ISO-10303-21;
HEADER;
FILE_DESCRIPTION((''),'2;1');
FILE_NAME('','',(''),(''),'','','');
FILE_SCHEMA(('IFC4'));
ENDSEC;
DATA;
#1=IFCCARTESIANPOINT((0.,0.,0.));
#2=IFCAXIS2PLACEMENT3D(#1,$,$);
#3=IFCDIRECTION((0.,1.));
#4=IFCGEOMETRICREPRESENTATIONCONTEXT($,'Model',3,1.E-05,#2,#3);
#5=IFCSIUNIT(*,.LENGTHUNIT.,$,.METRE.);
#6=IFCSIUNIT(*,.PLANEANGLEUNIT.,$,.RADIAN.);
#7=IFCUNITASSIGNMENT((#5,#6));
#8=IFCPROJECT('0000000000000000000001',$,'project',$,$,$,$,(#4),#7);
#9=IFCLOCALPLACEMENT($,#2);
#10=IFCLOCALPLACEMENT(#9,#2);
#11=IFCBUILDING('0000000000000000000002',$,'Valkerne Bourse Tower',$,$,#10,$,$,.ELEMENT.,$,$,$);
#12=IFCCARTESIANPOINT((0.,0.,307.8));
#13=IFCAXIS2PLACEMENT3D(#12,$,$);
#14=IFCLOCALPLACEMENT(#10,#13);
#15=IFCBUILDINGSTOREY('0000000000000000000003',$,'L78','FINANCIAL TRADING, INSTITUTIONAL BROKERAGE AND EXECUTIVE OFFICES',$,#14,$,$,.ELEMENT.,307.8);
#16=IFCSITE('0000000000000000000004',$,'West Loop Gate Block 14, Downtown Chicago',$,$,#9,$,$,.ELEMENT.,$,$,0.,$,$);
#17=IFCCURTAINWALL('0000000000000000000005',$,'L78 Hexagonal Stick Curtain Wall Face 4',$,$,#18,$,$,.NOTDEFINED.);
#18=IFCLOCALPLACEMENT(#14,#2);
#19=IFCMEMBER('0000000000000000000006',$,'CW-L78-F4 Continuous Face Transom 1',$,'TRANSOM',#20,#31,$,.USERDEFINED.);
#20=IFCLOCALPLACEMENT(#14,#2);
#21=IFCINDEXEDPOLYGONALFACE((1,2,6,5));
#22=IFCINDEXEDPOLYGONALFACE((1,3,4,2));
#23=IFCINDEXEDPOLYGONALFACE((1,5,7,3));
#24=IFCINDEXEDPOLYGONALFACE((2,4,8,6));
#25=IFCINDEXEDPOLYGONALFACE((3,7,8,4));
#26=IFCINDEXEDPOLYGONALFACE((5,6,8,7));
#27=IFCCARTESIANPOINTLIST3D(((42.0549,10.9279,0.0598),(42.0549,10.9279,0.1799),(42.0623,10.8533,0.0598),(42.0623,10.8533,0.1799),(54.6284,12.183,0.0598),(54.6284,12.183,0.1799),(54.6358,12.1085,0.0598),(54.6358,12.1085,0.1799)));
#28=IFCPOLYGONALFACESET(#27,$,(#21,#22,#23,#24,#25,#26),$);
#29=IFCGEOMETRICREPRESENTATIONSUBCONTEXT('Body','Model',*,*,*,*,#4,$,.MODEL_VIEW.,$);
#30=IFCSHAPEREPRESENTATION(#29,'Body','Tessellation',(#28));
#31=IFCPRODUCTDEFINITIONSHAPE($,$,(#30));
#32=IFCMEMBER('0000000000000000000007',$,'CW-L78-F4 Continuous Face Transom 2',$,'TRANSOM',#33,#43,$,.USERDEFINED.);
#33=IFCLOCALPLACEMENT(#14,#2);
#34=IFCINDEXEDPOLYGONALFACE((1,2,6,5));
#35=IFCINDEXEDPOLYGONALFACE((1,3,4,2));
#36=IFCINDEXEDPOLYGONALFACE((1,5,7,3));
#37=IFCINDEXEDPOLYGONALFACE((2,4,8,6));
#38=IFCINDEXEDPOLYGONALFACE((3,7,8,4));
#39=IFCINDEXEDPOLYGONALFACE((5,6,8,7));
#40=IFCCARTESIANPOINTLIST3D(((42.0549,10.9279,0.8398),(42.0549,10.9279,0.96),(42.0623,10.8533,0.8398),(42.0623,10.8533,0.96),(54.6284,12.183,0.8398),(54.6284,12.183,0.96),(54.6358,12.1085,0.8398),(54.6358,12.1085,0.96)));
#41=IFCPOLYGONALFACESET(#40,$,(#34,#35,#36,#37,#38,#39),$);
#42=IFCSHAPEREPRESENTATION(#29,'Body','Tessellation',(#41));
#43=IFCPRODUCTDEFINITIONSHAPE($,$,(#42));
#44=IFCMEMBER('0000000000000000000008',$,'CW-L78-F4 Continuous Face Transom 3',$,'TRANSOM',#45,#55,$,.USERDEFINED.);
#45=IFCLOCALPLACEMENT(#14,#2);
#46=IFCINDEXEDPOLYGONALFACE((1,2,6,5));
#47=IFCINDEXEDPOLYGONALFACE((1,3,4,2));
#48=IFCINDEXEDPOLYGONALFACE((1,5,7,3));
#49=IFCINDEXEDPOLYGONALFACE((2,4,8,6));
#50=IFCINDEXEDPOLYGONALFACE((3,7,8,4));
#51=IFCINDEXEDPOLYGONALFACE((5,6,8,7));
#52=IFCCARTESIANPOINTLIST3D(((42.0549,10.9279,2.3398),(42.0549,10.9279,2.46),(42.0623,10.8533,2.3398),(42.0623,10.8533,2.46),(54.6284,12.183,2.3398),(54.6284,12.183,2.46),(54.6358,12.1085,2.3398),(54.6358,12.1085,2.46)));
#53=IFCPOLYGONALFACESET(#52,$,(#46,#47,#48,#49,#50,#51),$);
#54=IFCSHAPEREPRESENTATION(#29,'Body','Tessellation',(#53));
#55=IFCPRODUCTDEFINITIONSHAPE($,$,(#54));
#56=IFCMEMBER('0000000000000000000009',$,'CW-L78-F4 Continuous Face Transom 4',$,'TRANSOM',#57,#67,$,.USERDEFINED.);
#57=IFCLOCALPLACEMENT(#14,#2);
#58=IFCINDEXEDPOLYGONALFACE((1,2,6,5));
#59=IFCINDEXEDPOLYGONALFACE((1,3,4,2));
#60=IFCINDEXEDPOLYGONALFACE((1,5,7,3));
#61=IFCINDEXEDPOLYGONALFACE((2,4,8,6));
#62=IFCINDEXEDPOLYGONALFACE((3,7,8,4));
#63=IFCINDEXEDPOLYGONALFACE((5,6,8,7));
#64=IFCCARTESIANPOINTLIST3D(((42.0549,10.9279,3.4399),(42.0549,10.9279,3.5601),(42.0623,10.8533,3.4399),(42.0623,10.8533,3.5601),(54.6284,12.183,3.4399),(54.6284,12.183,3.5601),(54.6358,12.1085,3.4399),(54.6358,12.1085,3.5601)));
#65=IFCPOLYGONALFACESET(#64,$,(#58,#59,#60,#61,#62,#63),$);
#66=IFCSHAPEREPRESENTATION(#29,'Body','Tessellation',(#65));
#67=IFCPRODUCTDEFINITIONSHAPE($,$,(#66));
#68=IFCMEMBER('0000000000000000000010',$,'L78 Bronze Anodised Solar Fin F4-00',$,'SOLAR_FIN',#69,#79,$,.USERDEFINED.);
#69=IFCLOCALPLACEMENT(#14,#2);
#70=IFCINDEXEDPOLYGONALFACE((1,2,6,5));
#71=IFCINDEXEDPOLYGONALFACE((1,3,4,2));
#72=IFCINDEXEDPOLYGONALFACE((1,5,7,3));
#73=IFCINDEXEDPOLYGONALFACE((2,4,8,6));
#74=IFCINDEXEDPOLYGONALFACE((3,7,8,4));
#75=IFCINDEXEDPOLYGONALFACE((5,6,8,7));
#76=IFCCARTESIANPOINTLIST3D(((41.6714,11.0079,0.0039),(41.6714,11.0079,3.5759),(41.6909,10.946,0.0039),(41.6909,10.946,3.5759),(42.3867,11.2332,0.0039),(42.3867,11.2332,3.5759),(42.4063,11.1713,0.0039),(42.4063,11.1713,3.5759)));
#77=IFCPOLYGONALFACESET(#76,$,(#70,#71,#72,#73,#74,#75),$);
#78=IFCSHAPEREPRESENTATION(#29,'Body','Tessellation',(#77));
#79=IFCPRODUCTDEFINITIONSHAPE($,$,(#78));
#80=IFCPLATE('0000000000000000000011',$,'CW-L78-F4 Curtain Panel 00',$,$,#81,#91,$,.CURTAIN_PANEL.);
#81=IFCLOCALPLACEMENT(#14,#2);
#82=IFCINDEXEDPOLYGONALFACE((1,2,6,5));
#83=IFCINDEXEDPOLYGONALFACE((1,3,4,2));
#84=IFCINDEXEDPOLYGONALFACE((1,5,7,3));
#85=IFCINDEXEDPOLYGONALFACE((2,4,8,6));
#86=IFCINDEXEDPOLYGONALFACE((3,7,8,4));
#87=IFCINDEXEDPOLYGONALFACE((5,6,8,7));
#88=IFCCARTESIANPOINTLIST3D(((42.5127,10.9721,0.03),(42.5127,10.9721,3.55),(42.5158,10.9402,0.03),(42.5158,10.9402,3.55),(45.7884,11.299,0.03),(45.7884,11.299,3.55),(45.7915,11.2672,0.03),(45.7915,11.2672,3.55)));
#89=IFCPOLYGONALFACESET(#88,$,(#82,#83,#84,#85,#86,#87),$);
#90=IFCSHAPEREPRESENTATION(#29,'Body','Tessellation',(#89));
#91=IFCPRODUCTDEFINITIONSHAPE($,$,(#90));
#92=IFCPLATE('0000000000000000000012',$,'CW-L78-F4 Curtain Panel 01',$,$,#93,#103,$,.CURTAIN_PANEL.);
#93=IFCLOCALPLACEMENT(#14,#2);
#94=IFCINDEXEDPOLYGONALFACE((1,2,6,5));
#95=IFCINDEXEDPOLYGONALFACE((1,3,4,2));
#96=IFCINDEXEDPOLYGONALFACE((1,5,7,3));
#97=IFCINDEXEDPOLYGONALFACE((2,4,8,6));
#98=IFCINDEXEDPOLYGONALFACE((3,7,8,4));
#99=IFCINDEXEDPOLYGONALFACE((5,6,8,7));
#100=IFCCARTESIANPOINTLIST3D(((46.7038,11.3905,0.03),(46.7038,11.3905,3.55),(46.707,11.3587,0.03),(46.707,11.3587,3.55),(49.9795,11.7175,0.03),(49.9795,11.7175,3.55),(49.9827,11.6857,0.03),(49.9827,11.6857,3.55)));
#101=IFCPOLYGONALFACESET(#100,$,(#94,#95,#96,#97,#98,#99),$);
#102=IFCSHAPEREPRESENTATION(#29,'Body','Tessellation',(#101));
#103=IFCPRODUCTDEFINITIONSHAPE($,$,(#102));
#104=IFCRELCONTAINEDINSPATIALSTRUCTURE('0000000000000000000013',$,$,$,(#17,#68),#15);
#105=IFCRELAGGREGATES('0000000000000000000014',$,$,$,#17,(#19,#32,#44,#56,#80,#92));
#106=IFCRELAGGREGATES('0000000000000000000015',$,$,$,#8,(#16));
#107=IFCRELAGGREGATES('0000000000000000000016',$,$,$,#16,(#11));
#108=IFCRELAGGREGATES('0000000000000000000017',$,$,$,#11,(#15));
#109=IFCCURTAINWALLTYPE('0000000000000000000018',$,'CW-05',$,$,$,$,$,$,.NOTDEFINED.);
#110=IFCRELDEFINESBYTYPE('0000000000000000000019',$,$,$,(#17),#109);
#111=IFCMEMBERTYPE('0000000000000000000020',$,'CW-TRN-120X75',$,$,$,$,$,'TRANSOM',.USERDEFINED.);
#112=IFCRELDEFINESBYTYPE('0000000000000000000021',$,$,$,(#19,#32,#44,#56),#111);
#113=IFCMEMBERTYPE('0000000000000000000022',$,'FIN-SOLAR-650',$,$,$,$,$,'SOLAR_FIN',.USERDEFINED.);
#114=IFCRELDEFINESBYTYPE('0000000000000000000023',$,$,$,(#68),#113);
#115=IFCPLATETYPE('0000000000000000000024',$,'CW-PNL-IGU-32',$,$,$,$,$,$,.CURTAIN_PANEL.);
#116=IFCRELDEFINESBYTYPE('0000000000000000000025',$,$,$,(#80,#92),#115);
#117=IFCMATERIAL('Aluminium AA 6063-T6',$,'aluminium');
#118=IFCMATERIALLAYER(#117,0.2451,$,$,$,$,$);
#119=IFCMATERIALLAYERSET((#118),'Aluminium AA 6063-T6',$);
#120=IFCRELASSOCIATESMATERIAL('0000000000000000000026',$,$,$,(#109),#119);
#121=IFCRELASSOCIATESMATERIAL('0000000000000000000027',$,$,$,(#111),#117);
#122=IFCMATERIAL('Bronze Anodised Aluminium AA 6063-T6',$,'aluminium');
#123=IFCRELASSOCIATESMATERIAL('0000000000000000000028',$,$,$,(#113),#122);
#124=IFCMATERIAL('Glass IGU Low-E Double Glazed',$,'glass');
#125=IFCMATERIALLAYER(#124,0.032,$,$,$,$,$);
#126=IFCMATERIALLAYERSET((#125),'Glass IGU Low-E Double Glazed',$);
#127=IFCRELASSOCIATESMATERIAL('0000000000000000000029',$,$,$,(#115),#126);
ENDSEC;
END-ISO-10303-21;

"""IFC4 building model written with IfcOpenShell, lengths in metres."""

from ifc_helpers import new_model, si_unit, direction, frame, origin, origin_2d, place, context, subcontext, project, spatial, rectangle, extrude, material, layer, layer_set, material_profile, profile_set, type_object, element, aggregate, save


model = new_model("IFC4")

# Units and contexts
model_context = context("Model", 3, precision=1e-05, world=origin(), true_north=direction((0.0, 1.0)))
body_context = subcontext(model_context, "Body", "Model", "MODEL_VIEW")
ifc_project = project(units=[si_unit("LENGTHUNIT", "METRE"), si_unit("PLANEANGLEUNIT", "RADIAN")], contexts=[model_context])

# Site, building, storey
site_placement = place(None, origin())
site = spatial("IfcSite", under=ifc_project, at=site_placement, Name="West Loop Gate Block 14, Downtown Chicago", CompositionType="ELEMENT", RefElevation=0.0)
building_placement = place(site_placement, origin())
building = spatial("IfcBuilding", under=site, at=building_placement, Name="Valkerne Bourse Tower", CompositionType="ELEMENT")
storey_placement = place(building_placement, frame((0.0, 0.0, 307.8)))
storey = spatial("IfcBuildingStorey", under=building, at=storey_placement, Name="L78", Description="FINANCIAL TRADING, INSTITUTIONAL BROKERAGE AND EXECUTIVE OFFICES", CompositionType="ELEMENT", Elevation=307.8)

# Curtain wall, members
ifc_material_1 = material(Name="Aluminium AA 6063-T6", Category="aluminium")
ifc_layer_1 = layer(ifc_material_1, 0.2451)
ifc_layer_set_1 = layer_set([ifc_layer_1], Name="Aluminium AA 6063-T6")
curtain_wall_type = type_object("IfcCurtainWallType", Name="CW-05", PredefinedType="NOTDEFINED", material=ifc_layer_set_1)
curtain_wall_placement = place(storey_placement, origin())
curtain_wall = element("IfcCurtainWall", 1, at=curtain_wall_placement, inside=storey, type_object=curtain_wall_type, Name="L78 Hexagonal Stick Curtain Wall Face 4", PredefinedType="NOTDEFINED")
ifc_material_profile_1 = material_profile(ifc_material_1, rectangle(XDim=0.075, YDim=0.1201, at=origin_2d()), Name="CWT-75X120")
ifc_profile_set_1 = profile_set([ifc_material_profile_1], Name="Aluminium AA 6063-T6")
member_type_1 = type_object("IfcMemberType", Name="CW-TRN-120X75", ElementType="TRANSOM", PredefinedType="USERDEFINED", material=ifc_profile_set_1)
member_1_placement = place(storey_placement, frame((42.0586, 10.8906, 0.1199), z_axis=(0.995055, 0.09933, 0.0), x_axis=(-0.09933, 0.995055, 0.0)))
member_1 = element("IfcMember", 2, at=member_1_placement, type_object=member_type_1, Name="CW-L78-F4 Continuous Face Transom 1", ObjectType="TRANSOM", PredefinedType="USERDEFINED", context=body_context, shape_type="SweptSolid", body=[
    extrude(rectangle(XDim=0.075, YDim=0.1201, at=origin_2d()), origin(), (0.0, 0.0, 1.0), 12.636),
])
member_2_placement = place(storey_placement, frame((42.0586, 10.8906, 0.8999), z_axis=(0.995055, 0.09933, 0.0), x_axis=(-0.09933, 0.995055, 0.0)))
member_2 = element("IfcMember", 3, at=member_2_placement, type_object=member_type_1, Name="CW-L78-F4 Continuous Face Transom 2", ObjectType="TRANSOM", PredefinedType="USERDEFINED", context=body_context, shape_type="SweptSolid", body=[
    extrude(rectangle(XDim=0.075, YDim=0.1201, at=origin_2d()), origin(), (0.0, 0.0, 1.0), 12.636),
])
member_3_placement = place(storey_placement, frame((42.0586, 10.8906, 2.3999), z_axis=(0.995055, 0.09933, 0.0), x_axis=(-0.09933, 0.995055, 0.0)))
member_3 = element("IfcMember", 4, at=member_3_placement, type_object=member_type_1, Name="CW-L78-F4 Continuous Face Transom 3", ObjectType="TRANSOM", PredefinedType="USERDEFINED", context=body_context, shape_type="SweptSolid", body=[
    extrude(rectangle(XDim=0.075, YDim=0.1201, at=origin_2d()), origin(), (0.0, 0.0, 1.0), 12.636),
])
member_4_placement = place(storey_placement, frame((42.0586, 10.8906, 3.5), z_axis=(0.995055, 0.09933, 0.0), x_axis=(-0.09933, 0.995055, 0.0)))
member_4 = element("IfcMember", 5, at=member_4_placement, type_object=member_type_1, Name="CW-L78-F4 Continuous Face Transom 4", ObjectType="TRANSOM", PredefinedType="USERDEFINED", context=body_context, shape_type="SweptSolid", body=[
    extrude(rectangle(XDim=0.075, YDim=0.1201, at=origin_2d()), origin(), (0.0, 0.0, 1.0), 12.636),
])

# Member
ifc_material_2 = material(Name="Bronze Anodised Aluminium AA 6063-T6", Category="aluminium")
ifc_material_profile_2 = material_profile(ifc_material_2, rectangle(XDim=0.0649, YDim=0.75, at=origin_2d()), Name="FIN-65X750")
ifc_profile_set_2 = profile_set([ifc_material_profile_2], Name="Bronze Anodised Aluminium AA 6063-T6")
member_type_2 = type_object("IfcMemberType", Name="FIN-SOLAR-650", ElementType="SOLAR_FIN", PredefinedType="USERDEFINED", material=ifc_profile_set_2)
member_5_placement = place(storey_placement, frame((42.0388, 11.0896, 0.0039), z_axis=(0.0, 0.0, 1.0), x_axis=(0.300387, -0.953818, 0.0)))
element("IfcMember", 6, at=member_5_placement, inside=storey, type_object=member_type_2, Name="L78 Bronze Anodised Solar Fin F4-00", ObjectType="SOLAR_FIN", PredefinedType="USERDEFINED", context=body_context, shape_type="SweptSolid", body=[
    extrude(rectangle(XDim=0.0649, YDim=0.75, at=origin_2d()), origin(), (0.0, 0.0, 1.0), 3.572),
])

# Plates
ifc_material_3 = material(Name="Glass IGU Low-E Double Glazed", Category="glass")
ifc_layer_2 = layer(ifc_material_3, 0.032)
ifc_layer_set_2 = layer_set([ifc_layer_2], Name="Glass IGU Low-E Double Glazed")
plate_type = type_object("IfcPlateType", Name="CW-PNL-IGU-32", PredefinedType="CURTAIN_PANEL", material=ifc_layer_set_2)
plate_1_placement = place(storey_placement, frame((44.1521, 11.1196, 0.03), z_axis=(0.0, 0.0, 1.0), x_axis=(0.995056, 0.099313, 0.0)))
plate_1 = element("IfcPlate", 7, at=plate_1_placement, type_object=plate_type, Name="CW-L78-F4 Curtain Panel 00", PredefinedType="CURTAIN_PANEL", context=body_context, shape_type="SweptSolid", body=[
    extrude(rectangle(XDim=3.292, YDim=0.032, at=origin_2d()), origin(), (0.0, 0.0, 1.0), 3.52),
])
plate_2_placement = place(storey_placement, frame((48.3433, 11.5381, 0.03), z_axis=(0.0, 0.0, 1.0), x_axis=(0.995054, 0.099334, 0.0)))
plate_2 = element("IfcPlate", 8, at=plate_2_placement, type_object=plate_type, Name="CW-L78-F4 Curtain Panel 01", PredefinedType="CURTAIN_PANEL", context=body_context, shape_type="SweptSolid", body=[
    extrude(rectangle(XDim=3.292, YDim=0.032, at=origin_2d()), origin(), (0.0, 0.0, 1.0), 3.52),
])
aggregate(curtain_wall, [member_1, member_2, member_3, member_4, plate_1, plate_2])

save(model, "model.ifc")
